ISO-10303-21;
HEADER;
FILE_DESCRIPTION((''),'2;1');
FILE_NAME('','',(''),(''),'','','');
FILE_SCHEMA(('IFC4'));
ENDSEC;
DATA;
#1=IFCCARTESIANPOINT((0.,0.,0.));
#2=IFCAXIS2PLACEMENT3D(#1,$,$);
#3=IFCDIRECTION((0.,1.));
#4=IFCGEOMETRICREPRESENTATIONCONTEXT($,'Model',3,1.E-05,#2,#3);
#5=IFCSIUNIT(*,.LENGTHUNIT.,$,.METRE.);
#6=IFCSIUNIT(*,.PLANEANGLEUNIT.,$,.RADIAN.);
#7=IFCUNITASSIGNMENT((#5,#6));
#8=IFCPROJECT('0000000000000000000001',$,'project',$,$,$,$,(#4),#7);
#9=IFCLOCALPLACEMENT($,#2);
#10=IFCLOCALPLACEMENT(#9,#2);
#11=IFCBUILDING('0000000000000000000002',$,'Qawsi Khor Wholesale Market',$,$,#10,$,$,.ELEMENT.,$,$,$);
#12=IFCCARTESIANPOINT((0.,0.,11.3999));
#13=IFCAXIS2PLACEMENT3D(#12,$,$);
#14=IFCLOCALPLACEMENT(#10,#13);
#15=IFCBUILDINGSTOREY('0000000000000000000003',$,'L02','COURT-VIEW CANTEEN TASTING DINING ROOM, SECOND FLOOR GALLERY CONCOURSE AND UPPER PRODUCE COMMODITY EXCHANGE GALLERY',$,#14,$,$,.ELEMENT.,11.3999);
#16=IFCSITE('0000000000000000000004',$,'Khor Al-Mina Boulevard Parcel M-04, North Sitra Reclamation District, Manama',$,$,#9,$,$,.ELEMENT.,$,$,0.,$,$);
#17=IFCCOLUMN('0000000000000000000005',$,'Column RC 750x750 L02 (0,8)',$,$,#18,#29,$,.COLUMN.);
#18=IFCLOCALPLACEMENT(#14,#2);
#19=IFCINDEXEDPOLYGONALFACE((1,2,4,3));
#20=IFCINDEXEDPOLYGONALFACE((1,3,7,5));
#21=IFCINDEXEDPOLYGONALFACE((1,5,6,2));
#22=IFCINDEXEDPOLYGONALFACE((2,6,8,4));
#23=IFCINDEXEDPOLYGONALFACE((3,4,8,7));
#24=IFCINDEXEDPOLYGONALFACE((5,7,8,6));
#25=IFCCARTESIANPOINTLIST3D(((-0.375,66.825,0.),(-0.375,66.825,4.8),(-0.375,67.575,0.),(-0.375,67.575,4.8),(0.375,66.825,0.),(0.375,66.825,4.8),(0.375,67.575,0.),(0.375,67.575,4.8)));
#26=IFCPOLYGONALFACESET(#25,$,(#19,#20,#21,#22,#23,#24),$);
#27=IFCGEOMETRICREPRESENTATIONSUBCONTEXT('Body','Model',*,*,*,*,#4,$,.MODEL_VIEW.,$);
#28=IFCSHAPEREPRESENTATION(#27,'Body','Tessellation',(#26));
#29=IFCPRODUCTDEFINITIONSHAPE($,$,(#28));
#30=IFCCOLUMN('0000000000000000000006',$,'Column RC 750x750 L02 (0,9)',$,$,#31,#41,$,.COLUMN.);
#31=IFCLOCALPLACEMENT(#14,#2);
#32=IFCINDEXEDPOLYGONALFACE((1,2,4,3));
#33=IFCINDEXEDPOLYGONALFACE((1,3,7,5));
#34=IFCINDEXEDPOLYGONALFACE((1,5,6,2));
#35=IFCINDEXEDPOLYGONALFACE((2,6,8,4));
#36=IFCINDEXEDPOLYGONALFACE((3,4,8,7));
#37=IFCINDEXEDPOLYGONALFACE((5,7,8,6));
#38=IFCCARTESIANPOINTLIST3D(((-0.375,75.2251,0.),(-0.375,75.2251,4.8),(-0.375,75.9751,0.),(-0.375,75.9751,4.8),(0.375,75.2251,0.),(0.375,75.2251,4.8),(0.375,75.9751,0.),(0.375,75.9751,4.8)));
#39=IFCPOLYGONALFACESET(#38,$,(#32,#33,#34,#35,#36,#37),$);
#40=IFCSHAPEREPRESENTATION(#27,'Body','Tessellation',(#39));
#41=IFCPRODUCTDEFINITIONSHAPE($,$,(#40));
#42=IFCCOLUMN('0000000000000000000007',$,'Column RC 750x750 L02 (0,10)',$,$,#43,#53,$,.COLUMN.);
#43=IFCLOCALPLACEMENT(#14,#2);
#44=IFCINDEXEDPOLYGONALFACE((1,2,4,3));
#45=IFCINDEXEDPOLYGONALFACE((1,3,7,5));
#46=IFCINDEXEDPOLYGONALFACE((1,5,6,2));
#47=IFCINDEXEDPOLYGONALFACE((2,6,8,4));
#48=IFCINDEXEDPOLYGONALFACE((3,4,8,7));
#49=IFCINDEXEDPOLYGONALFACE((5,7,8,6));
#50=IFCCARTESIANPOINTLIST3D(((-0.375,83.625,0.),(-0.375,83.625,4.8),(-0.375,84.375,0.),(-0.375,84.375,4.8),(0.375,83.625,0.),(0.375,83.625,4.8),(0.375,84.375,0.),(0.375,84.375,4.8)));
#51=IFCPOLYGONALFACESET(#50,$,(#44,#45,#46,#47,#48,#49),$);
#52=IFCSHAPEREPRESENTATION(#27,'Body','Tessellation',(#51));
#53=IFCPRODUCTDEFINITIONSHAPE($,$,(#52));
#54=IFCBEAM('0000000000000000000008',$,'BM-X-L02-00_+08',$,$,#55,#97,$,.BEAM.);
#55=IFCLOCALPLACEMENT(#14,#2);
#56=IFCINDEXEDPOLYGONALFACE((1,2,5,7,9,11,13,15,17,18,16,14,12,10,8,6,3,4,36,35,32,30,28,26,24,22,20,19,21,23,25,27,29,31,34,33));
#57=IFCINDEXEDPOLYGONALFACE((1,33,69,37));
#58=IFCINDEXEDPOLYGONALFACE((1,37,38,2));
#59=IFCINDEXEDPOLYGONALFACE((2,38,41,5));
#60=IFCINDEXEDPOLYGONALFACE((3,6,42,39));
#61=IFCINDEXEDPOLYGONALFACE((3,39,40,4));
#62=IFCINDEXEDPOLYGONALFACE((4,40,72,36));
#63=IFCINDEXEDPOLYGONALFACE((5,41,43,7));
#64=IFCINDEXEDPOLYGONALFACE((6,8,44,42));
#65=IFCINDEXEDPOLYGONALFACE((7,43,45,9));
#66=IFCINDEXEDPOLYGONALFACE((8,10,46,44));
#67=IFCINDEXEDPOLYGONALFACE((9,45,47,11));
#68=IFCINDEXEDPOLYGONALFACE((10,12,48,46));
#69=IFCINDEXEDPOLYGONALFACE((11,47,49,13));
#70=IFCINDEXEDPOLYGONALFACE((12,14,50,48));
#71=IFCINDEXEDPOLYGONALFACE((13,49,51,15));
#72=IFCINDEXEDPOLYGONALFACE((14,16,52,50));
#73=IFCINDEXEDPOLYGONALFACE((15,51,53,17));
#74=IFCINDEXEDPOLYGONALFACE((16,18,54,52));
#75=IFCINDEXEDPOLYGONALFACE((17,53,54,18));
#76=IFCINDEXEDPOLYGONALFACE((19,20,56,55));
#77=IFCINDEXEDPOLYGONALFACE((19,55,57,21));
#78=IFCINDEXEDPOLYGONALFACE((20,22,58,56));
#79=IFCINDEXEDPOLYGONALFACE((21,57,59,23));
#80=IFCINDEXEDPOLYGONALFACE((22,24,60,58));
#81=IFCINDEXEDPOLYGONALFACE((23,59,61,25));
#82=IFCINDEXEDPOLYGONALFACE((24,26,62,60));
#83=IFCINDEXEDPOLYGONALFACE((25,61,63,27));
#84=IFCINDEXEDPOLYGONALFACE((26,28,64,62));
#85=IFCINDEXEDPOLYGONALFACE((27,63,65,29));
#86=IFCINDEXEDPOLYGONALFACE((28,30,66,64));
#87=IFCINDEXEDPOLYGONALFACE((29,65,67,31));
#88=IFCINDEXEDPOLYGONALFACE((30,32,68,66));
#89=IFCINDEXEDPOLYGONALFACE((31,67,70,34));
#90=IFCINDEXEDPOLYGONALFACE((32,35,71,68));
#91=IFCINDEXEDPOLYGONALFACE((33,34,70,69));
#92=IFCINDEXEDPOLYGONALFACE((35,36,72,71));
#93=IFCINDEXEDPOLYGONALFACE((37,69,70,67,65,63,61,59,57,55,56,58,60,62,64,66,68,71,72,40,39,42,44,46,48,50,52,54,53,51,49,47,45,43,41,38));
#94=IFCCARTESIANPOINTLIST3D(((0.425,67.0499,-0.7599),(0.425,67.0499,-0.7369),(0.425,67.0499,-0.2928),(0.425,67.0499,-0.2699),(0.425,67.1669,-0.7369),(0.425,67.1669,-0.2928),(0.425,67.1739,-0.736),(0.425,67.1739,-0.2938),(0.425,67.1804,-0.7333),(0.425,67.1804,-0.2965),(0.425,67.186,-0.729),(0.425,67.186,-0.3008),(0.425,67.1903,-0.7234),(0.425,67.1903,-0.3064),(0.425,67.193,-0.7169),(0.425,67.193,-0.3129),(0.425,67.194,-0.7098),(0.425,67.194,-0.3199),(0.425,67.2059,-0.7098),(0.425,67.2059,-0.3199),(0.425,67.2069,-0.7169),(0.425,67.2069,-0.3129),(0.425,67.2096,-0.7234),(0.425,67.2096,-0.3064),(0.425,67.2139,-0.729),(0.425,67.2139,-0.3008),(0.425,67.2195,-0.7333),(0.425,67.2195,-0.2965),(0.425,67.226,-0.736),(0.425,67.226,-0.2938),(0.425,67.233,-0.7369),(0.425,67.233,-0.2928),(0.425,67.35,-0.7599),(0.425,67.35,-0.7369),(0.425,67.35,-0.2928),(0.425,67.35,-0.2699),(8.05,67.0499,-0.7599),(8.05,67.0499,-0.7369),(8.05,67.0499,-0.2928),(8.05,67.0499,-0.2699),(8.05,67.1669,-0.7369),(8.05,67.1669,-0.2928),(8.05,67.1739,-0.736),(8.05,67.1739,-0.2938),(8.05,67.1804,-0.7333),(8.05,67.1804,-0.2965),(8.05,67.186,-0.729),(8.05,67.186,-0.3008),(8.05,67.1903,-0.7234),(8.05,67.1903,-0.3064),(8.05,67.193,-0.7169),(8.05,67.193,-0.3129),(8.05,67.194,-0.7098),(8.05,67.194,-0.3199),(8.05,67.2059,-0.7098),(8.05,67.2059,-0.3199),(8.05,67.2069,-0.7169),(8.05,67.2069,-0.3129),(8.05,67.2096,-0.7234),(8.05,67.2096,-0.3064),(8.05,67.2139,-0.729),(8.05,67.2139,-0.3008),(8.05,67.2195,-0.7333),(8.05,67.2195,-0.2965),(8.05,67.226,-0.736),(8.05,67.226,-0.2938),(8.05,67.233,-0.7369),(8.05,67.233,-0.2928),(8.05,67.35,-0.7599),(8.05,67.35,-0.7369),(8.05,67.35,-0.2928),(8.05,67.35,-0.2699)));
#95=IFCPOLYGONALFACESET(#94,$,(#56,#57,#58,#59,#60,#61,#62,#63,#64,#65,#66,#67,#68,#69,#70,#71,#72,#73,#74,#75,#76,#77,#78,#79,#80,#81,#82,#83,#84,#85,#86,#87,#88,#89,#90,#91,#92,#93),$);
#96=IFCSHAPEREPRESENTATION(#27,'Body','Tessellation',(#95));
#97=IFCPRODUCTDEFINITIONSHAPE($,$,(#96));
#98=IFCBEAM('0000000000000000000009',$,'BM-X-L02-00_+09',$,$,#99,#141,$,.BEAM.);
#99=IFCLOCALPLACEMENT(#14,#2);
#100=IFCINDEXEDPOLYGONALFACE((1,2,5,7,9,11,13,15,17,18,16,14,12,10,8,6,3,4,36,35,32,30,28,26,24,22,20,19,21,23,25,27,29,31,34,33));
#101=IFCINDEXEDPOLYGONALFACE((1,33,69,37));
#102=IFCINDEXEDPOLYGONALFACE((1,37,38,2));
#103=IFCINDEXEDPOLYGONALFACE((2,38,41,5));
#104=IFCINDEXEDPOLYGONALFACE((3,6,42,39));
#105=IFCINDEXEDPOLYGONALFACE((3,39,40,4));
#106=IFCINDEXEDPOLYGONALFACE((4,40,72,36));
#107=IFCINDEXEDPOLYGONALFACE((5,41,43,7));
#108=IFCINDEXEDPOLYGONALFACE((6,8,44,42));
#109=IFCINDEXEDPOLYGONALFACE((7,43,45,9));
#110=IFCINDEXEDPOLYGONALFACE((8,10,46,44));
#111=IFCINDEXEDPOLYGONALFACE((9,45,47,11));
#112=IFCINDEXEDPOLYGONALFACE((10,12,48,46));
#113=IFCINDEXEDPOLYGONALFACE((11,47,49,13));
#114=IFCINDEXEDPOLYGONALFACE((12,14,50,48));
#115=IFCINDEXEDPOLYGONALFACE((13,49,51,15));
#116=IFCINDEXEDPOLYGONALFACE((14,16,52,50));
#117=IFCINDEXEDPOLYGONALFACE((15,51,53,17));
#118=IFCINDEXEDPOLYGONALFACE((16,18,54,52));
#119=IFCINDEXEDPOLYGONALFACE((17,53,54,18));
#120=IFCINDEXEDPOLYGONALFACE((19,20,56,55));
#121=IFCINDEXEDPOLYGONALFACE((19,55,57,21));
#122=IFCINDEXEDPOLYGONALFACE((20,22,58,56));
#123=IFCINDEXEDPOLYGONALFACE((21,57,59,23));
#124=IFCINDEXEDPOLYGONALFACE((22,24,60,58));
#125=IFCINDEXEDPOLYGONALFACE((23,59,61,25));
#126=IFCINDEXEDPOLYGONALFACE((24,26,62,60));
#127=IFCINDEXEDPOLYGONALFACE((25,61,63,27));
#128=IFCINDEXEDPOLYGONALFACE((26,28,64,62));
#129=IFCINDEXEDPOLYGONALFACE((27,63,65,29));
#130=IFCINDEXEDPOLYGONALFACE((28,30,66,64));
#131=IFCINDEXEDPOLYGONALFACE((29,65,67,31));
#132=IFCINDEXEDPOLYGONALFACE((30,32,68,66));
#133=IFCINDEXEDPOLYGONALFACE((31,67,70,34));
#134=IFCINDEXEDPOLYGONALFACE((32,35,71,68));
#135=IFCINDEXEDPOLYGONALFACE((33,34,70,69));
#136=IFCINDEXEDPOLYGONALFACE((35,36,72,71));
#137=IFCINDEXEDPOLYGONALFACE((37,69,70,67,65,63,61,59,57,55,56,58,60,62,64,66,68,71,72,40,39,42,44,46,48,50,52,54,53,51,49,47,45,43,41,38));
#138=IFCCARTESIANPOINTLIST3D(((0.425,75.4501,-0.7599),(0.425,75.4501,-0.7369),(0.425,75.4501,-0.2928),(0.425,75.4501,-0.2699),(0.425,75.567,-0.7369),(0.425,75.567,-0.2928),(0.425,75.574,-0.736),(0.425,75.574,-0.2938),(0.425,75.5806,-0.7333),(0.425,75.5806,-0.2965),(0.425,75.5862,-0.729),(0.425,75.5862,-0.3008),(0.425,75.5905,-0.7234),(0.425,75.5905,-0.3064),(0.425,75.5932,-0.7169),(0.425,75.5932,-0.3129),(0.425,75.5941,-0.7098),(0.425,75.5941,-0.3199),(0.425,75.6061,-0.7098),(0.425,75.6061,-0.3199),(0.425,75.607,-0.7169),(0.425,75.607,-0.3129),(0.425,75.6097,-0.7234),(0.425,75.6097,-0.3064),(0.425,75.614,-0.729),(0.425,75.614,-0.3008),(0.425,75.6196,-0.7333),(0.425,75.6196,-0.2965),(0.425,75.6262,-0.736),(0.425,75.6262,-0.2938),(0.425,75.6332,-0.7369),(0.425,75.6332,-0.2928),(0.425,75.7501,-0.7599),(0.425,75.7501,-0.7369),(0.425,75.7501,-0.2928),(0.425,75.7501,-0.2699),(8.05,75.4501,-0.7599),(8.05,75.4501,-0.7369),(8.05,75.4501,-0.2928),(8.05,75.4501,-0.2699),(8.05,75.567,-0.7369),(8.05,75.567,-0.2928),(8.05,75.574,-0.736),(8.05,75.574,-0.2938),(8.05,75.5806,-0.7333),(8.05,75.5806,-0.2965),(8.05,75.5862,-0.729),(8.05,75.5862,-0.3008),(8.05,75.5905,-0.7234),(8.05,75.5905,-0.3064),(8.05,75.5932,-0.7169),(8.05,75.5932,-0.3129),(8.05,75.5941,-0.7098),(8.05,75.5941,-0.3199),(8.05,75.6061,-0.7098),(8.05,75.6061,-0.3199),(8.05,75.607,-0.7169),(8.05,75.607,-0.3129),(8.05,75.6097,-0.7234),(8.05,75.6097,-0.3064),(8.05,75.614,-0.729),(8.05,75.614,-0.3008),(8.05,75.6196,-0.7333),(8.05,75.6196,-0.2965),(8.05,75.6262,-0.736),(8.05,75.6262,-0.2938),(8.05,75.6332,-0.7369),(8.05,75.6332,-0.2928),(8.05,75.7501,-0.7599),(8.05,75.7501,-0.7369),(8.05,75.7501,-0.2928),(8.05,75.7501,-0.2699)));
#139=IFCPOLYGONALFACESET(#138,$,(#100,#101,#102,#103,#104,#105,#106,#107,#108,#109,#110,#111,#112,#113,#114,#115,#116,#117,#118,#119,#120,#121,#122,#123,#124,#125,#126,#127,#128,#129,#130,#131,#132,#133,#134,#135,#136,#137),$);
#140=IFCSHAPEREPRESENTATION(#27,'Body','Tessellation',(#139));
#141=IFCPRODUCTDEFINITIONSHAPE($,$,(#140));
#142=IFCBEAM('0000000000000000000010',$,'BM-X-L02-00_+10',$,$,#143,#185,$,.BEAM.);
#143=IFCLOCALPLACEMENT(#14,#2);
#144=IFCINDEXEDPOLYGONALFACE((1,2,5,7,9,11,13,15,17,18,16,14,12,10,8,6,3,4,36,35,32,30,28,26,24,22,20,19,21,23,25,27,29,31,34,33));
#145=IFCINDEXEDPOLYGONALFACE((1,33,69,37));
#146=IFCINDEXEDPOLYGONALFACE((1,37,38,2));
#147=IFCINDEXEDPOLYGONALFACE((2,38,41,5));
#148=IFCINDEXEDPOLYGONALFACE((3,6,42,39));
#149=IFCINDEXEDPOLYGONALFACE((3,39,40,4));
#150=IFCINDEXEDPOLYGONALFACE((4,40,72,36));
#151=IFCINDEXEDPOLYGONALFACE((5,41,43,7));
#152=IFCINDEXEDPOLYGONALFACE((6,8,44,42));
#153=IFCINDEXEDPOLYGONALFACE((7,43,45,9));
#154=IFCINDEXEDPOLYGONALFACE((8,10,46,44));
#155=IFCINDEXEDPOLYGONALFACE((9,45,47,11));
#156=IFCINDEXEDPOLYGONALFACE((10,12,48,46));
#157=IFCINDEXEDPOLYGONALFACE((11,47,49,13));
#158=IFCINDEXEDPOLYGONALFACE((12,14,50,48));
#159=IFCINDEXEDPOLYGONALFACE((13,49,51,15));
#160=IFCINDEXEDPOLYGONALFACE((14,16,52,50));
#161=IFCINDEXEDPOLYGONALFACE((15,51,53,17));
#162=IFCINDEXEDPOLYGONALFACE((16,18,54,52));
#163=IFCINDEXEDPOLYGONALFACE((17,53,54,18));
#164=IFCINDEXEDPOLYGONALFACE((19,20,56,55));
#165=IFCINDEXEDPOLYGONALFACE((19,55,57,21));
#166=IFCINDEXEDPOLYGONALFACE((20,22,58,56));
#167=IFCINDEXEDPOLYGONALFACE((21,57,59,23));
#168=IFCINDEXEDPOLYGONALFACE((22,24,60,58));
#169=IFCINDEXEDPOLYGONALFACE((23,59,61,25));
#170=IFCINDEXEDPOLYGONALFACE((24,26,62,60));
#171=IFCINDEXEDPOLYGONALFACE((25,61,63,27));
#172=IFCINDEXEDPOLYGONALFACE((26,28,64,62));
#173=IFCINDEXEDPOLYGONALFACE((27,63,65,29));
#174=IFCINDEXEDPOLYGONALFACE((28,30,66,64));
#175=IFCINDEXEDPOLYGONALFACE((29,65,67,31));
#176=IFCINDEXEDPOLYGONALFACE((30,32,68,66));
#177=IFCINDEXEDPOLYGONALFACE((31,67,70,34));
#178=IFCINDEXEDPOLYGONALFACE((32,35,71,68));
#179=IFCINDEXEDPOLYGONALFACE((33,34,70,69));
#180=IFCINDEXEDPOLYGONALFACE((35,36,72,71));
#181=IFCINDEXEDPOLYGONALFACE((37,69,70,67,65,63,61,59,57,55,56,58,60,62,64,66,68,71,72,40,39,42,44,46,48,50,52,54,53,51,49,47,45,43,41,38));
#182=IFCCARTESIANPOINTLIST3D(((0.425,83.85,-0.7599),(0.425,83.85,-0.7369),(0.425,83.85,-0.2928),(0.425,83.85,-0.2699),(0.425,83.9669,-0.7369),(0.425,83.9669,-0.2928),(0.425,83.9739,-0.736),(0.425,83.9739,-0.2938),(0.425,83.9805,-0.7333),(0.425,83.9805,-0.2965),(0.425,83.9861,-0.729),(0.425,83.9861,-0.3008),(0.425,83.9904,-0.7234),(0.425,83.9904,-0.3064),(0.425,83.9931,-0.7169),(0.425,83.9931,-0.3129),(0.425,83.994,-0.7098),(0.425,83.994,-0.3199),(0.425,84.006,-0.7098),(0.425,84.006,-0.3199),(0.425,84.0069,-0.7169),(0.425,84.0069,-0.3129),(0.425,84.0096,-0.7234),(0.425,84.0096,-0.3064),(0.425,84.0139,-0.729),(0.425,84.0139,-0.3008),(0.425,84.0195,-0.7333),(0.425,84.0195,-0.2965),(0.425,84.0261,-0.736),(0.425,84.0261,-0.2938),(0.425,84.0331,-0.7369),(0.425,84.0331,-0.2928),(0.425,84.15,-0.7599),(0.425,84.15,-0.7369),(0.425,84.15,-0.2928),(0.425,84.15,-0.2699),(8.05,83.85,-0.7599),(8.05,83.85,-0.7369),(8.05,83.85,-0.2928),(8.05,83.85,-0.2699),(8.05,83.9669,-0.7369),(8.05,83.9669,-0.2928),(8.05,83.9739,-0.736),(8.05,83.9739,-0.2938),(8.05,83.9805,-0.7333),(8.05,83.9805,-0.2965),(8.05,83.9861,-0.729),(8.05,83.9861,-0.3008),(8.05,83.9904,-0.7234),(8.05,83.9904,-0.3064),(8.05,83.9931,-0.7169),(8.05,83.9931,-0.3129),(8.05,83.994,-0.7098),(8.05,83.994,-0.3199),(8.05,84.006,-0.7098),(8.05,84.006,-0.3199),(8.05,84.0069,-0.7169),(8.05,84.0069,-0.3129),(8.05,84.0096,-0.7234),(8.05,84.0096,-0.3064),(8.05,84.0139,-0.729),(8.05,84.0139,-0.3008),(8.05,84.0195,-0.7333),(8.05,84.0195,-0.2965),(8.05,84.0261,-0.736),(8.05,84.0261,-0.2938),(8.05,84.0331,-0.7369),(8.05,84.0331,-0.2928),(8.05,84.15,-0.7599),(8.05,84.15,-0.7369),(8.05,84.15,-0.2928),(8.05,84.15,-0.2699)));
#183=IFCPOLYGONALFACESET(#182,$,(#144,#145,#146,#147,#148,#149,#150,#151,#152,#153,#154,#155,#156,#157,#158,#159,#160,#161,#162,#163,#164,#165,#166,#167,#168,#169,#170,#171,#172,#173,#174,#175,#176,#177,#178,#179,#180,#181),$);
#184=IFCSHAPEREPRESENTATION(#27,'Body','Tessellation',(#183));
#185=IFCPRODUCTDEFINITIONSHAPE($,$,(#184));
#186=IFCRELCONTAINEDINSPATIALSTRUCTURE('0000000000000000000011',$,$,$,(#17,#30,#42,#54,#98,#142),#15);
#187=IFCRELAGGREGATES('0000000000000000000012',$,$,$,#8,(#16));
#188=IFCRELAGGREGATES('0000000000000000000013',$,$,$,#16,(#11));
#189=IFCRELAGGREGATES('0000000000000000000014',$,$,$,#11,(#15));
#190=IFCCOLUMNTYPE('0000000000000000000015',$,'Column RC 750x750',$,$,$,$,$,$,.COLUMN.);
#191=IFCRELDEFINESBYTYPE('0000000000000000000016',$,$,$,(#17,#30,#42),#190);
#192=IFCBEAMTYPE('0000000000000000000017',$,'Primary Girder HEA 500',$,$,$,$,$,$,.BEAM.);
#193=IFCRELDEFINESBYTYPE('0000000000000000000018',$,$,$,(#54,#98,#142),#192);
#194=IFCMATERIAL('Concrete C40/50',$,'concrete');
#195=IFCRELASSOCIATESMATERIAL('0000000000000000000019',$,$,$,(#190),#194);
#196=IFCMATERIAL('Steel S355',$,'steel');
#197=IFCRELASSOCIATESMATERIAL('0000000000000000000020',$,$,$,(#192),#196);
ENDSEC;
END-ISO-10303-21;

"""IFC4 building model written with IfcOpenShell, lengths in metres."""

from ifc_helpers import new_model, si_unit, direction, frame, origin, origin_2d, place, context, subcontext, project, spatial, rectangle, i_section, extrude, material, material_profile, profile_set, type_object, element, save


model = new_model("IFC4")

# Units and contexts
model_context = context("Model", 3, precision=1e-05, world=origin(), true_north=direction((0.0, 1.0)))
body_context = subcontext(model_context, "Body", "Model", "MODEL_VIEW")
ifc_project = project(units=[si_unit("LENGTHUNIT", "METRE"), si_unit("PLANEANGLEUNIT", "RADIAN")], contexts=[model_context])

# Site, building, storey
site_placement = place(None, origin())
site = spatial("IfcSite", under=ifc_project, at=site_placement, Name="Khor Al-Mina Boulevard Parcel M-04, North Sitra Reclamation District, Manama", CompositionType="ELEMENT", RefElevation=0.0)
building_placement = place(site_placement, origin())
building = spatial("IfcBuilding", under=site, at=building_placement, Name="Qawsi Khor Wholesale Market", CompositionType="ELEMENT")
storey_placement = place(building_placement, frame((0.0, 0.0, 11.3999)))
storey = spatial("IfcBuildingStorey", under=building, at=storey_placement, Name="L02", Description="COURT-VIEW CANTEEN TASTING DINING ROOM, SECOND FLOOR GALLERY CONCOURSE AND UPPER PRODUCE COMMODITY EXCHANGE GALLERY", CompositionType="ELEMENT", Elevation=11.3999)

# Columns
ifc_material_1 = material(Name="Concrete C40/50", Category="concrete")
ifc_material_profile_1 = material_profile(ifc_material_1, rectangle(XDim=0.75, YDim=0.75, at=origin_2d()), Name="RC 750x750")
ifc_profile_set_1 = profile_set([ifc_material_profile_1], Name="Concrete C40/50")
column_type = type_object("IfcColumnType", Name="Column RC 750x750", PredefinedType="COLUMN", material=ifc_profile_set_1)
for number, where, z_axis, x_axis, name in (
    (1, (0.0, 67.2, 0.0), (0.0, 0.0, 1.0), (1.0, 0.0, 0.0), "Column RC 750x750 L02 (0,8)"),
    (2, (0.0, 75.6001, 0.0), (0.0, 0.0, 1.0), (1.0, 0.0, 0.0), "Column RC 750x750 L02 (0,9)"),
    (3, (0.0, 84.0, 0.0), (0.0, 0.0, 1.0), (1.0, 0.0, 0.0), "Column RC 750x750 L02 (0,10)"),
):
    element("IfcColumn", number, at=place(storey_placement, frame(where, z_axis=z_axis, x_axis=x_axis)), inside=storey, type_object=column_type, Name=name, PredefinedType="COLUMN", context=body_context, shape_type="SweptSolid", body=[
        extrude(rectangle(XDim=0.75, YDim=0.75, at=origin_2d()), origin(), (0.0, 0.0, 1.0), 4.8),
    ])

# Beams
ifc_material_2 = material(Name="Steel S355", Category="steel")
ifc_material_profile_2 = material_profile(ifc_material_2, i_section(OverallWidth=0.3, OverallDepth=0.49, WebThickness=0.012, FlangeThickness=0.0229, FilletRadius=0.0271, at=origin_2d()), Name="HEA 500")
ifc_profile_set_2 = profile_set([ifc_material_profile_2], Name="Steel S355")
beam_type_1 = type_object("IfcBeamType", Name="Primary Girder HEA 500", PredefinedType="BEAM", material=ifc_profile_set_2)
for number, where, z_axis, x_axis, name in (
    (4, (0.425, 67.2, -0.5149), (1.0, 0.0, 0.0), (0.0, 1.0, 0.0), "BM-X-L02-00_+08"),
    (5, (0.425, 75.6001, -0.5149), (1.0, 0.0, 0.0), (0.0, 1.0, 0.0), "BM-X-L02-00_+09"),
    (6, (0.425, 84.0, -0.5149), (1.0, 0.0, 0.0), (0.0, 1.0, 0.0), "BM-X-L02-00_+10"),
):
    element("IfcBeam", number, at=place(storey_placement, frame(where, z_axis=z_axis, x_axis=x_axis)), inside=storey, type_object=beam_type_1, Name=name, PredefinedType="BEAM", context=body_context, shape_type="SweptSolid", body=[
        extrude(i_section(OverallWidth=0.3, OverallDepth=0.49, WebThickness=0.012, FlangeThickness=0.0229, FilletRadius=0.0271, at=origin_2d()), origin(), (0.0, 0.0, 1.0), 7.625),
    ])

save(model, "model.ifc")
